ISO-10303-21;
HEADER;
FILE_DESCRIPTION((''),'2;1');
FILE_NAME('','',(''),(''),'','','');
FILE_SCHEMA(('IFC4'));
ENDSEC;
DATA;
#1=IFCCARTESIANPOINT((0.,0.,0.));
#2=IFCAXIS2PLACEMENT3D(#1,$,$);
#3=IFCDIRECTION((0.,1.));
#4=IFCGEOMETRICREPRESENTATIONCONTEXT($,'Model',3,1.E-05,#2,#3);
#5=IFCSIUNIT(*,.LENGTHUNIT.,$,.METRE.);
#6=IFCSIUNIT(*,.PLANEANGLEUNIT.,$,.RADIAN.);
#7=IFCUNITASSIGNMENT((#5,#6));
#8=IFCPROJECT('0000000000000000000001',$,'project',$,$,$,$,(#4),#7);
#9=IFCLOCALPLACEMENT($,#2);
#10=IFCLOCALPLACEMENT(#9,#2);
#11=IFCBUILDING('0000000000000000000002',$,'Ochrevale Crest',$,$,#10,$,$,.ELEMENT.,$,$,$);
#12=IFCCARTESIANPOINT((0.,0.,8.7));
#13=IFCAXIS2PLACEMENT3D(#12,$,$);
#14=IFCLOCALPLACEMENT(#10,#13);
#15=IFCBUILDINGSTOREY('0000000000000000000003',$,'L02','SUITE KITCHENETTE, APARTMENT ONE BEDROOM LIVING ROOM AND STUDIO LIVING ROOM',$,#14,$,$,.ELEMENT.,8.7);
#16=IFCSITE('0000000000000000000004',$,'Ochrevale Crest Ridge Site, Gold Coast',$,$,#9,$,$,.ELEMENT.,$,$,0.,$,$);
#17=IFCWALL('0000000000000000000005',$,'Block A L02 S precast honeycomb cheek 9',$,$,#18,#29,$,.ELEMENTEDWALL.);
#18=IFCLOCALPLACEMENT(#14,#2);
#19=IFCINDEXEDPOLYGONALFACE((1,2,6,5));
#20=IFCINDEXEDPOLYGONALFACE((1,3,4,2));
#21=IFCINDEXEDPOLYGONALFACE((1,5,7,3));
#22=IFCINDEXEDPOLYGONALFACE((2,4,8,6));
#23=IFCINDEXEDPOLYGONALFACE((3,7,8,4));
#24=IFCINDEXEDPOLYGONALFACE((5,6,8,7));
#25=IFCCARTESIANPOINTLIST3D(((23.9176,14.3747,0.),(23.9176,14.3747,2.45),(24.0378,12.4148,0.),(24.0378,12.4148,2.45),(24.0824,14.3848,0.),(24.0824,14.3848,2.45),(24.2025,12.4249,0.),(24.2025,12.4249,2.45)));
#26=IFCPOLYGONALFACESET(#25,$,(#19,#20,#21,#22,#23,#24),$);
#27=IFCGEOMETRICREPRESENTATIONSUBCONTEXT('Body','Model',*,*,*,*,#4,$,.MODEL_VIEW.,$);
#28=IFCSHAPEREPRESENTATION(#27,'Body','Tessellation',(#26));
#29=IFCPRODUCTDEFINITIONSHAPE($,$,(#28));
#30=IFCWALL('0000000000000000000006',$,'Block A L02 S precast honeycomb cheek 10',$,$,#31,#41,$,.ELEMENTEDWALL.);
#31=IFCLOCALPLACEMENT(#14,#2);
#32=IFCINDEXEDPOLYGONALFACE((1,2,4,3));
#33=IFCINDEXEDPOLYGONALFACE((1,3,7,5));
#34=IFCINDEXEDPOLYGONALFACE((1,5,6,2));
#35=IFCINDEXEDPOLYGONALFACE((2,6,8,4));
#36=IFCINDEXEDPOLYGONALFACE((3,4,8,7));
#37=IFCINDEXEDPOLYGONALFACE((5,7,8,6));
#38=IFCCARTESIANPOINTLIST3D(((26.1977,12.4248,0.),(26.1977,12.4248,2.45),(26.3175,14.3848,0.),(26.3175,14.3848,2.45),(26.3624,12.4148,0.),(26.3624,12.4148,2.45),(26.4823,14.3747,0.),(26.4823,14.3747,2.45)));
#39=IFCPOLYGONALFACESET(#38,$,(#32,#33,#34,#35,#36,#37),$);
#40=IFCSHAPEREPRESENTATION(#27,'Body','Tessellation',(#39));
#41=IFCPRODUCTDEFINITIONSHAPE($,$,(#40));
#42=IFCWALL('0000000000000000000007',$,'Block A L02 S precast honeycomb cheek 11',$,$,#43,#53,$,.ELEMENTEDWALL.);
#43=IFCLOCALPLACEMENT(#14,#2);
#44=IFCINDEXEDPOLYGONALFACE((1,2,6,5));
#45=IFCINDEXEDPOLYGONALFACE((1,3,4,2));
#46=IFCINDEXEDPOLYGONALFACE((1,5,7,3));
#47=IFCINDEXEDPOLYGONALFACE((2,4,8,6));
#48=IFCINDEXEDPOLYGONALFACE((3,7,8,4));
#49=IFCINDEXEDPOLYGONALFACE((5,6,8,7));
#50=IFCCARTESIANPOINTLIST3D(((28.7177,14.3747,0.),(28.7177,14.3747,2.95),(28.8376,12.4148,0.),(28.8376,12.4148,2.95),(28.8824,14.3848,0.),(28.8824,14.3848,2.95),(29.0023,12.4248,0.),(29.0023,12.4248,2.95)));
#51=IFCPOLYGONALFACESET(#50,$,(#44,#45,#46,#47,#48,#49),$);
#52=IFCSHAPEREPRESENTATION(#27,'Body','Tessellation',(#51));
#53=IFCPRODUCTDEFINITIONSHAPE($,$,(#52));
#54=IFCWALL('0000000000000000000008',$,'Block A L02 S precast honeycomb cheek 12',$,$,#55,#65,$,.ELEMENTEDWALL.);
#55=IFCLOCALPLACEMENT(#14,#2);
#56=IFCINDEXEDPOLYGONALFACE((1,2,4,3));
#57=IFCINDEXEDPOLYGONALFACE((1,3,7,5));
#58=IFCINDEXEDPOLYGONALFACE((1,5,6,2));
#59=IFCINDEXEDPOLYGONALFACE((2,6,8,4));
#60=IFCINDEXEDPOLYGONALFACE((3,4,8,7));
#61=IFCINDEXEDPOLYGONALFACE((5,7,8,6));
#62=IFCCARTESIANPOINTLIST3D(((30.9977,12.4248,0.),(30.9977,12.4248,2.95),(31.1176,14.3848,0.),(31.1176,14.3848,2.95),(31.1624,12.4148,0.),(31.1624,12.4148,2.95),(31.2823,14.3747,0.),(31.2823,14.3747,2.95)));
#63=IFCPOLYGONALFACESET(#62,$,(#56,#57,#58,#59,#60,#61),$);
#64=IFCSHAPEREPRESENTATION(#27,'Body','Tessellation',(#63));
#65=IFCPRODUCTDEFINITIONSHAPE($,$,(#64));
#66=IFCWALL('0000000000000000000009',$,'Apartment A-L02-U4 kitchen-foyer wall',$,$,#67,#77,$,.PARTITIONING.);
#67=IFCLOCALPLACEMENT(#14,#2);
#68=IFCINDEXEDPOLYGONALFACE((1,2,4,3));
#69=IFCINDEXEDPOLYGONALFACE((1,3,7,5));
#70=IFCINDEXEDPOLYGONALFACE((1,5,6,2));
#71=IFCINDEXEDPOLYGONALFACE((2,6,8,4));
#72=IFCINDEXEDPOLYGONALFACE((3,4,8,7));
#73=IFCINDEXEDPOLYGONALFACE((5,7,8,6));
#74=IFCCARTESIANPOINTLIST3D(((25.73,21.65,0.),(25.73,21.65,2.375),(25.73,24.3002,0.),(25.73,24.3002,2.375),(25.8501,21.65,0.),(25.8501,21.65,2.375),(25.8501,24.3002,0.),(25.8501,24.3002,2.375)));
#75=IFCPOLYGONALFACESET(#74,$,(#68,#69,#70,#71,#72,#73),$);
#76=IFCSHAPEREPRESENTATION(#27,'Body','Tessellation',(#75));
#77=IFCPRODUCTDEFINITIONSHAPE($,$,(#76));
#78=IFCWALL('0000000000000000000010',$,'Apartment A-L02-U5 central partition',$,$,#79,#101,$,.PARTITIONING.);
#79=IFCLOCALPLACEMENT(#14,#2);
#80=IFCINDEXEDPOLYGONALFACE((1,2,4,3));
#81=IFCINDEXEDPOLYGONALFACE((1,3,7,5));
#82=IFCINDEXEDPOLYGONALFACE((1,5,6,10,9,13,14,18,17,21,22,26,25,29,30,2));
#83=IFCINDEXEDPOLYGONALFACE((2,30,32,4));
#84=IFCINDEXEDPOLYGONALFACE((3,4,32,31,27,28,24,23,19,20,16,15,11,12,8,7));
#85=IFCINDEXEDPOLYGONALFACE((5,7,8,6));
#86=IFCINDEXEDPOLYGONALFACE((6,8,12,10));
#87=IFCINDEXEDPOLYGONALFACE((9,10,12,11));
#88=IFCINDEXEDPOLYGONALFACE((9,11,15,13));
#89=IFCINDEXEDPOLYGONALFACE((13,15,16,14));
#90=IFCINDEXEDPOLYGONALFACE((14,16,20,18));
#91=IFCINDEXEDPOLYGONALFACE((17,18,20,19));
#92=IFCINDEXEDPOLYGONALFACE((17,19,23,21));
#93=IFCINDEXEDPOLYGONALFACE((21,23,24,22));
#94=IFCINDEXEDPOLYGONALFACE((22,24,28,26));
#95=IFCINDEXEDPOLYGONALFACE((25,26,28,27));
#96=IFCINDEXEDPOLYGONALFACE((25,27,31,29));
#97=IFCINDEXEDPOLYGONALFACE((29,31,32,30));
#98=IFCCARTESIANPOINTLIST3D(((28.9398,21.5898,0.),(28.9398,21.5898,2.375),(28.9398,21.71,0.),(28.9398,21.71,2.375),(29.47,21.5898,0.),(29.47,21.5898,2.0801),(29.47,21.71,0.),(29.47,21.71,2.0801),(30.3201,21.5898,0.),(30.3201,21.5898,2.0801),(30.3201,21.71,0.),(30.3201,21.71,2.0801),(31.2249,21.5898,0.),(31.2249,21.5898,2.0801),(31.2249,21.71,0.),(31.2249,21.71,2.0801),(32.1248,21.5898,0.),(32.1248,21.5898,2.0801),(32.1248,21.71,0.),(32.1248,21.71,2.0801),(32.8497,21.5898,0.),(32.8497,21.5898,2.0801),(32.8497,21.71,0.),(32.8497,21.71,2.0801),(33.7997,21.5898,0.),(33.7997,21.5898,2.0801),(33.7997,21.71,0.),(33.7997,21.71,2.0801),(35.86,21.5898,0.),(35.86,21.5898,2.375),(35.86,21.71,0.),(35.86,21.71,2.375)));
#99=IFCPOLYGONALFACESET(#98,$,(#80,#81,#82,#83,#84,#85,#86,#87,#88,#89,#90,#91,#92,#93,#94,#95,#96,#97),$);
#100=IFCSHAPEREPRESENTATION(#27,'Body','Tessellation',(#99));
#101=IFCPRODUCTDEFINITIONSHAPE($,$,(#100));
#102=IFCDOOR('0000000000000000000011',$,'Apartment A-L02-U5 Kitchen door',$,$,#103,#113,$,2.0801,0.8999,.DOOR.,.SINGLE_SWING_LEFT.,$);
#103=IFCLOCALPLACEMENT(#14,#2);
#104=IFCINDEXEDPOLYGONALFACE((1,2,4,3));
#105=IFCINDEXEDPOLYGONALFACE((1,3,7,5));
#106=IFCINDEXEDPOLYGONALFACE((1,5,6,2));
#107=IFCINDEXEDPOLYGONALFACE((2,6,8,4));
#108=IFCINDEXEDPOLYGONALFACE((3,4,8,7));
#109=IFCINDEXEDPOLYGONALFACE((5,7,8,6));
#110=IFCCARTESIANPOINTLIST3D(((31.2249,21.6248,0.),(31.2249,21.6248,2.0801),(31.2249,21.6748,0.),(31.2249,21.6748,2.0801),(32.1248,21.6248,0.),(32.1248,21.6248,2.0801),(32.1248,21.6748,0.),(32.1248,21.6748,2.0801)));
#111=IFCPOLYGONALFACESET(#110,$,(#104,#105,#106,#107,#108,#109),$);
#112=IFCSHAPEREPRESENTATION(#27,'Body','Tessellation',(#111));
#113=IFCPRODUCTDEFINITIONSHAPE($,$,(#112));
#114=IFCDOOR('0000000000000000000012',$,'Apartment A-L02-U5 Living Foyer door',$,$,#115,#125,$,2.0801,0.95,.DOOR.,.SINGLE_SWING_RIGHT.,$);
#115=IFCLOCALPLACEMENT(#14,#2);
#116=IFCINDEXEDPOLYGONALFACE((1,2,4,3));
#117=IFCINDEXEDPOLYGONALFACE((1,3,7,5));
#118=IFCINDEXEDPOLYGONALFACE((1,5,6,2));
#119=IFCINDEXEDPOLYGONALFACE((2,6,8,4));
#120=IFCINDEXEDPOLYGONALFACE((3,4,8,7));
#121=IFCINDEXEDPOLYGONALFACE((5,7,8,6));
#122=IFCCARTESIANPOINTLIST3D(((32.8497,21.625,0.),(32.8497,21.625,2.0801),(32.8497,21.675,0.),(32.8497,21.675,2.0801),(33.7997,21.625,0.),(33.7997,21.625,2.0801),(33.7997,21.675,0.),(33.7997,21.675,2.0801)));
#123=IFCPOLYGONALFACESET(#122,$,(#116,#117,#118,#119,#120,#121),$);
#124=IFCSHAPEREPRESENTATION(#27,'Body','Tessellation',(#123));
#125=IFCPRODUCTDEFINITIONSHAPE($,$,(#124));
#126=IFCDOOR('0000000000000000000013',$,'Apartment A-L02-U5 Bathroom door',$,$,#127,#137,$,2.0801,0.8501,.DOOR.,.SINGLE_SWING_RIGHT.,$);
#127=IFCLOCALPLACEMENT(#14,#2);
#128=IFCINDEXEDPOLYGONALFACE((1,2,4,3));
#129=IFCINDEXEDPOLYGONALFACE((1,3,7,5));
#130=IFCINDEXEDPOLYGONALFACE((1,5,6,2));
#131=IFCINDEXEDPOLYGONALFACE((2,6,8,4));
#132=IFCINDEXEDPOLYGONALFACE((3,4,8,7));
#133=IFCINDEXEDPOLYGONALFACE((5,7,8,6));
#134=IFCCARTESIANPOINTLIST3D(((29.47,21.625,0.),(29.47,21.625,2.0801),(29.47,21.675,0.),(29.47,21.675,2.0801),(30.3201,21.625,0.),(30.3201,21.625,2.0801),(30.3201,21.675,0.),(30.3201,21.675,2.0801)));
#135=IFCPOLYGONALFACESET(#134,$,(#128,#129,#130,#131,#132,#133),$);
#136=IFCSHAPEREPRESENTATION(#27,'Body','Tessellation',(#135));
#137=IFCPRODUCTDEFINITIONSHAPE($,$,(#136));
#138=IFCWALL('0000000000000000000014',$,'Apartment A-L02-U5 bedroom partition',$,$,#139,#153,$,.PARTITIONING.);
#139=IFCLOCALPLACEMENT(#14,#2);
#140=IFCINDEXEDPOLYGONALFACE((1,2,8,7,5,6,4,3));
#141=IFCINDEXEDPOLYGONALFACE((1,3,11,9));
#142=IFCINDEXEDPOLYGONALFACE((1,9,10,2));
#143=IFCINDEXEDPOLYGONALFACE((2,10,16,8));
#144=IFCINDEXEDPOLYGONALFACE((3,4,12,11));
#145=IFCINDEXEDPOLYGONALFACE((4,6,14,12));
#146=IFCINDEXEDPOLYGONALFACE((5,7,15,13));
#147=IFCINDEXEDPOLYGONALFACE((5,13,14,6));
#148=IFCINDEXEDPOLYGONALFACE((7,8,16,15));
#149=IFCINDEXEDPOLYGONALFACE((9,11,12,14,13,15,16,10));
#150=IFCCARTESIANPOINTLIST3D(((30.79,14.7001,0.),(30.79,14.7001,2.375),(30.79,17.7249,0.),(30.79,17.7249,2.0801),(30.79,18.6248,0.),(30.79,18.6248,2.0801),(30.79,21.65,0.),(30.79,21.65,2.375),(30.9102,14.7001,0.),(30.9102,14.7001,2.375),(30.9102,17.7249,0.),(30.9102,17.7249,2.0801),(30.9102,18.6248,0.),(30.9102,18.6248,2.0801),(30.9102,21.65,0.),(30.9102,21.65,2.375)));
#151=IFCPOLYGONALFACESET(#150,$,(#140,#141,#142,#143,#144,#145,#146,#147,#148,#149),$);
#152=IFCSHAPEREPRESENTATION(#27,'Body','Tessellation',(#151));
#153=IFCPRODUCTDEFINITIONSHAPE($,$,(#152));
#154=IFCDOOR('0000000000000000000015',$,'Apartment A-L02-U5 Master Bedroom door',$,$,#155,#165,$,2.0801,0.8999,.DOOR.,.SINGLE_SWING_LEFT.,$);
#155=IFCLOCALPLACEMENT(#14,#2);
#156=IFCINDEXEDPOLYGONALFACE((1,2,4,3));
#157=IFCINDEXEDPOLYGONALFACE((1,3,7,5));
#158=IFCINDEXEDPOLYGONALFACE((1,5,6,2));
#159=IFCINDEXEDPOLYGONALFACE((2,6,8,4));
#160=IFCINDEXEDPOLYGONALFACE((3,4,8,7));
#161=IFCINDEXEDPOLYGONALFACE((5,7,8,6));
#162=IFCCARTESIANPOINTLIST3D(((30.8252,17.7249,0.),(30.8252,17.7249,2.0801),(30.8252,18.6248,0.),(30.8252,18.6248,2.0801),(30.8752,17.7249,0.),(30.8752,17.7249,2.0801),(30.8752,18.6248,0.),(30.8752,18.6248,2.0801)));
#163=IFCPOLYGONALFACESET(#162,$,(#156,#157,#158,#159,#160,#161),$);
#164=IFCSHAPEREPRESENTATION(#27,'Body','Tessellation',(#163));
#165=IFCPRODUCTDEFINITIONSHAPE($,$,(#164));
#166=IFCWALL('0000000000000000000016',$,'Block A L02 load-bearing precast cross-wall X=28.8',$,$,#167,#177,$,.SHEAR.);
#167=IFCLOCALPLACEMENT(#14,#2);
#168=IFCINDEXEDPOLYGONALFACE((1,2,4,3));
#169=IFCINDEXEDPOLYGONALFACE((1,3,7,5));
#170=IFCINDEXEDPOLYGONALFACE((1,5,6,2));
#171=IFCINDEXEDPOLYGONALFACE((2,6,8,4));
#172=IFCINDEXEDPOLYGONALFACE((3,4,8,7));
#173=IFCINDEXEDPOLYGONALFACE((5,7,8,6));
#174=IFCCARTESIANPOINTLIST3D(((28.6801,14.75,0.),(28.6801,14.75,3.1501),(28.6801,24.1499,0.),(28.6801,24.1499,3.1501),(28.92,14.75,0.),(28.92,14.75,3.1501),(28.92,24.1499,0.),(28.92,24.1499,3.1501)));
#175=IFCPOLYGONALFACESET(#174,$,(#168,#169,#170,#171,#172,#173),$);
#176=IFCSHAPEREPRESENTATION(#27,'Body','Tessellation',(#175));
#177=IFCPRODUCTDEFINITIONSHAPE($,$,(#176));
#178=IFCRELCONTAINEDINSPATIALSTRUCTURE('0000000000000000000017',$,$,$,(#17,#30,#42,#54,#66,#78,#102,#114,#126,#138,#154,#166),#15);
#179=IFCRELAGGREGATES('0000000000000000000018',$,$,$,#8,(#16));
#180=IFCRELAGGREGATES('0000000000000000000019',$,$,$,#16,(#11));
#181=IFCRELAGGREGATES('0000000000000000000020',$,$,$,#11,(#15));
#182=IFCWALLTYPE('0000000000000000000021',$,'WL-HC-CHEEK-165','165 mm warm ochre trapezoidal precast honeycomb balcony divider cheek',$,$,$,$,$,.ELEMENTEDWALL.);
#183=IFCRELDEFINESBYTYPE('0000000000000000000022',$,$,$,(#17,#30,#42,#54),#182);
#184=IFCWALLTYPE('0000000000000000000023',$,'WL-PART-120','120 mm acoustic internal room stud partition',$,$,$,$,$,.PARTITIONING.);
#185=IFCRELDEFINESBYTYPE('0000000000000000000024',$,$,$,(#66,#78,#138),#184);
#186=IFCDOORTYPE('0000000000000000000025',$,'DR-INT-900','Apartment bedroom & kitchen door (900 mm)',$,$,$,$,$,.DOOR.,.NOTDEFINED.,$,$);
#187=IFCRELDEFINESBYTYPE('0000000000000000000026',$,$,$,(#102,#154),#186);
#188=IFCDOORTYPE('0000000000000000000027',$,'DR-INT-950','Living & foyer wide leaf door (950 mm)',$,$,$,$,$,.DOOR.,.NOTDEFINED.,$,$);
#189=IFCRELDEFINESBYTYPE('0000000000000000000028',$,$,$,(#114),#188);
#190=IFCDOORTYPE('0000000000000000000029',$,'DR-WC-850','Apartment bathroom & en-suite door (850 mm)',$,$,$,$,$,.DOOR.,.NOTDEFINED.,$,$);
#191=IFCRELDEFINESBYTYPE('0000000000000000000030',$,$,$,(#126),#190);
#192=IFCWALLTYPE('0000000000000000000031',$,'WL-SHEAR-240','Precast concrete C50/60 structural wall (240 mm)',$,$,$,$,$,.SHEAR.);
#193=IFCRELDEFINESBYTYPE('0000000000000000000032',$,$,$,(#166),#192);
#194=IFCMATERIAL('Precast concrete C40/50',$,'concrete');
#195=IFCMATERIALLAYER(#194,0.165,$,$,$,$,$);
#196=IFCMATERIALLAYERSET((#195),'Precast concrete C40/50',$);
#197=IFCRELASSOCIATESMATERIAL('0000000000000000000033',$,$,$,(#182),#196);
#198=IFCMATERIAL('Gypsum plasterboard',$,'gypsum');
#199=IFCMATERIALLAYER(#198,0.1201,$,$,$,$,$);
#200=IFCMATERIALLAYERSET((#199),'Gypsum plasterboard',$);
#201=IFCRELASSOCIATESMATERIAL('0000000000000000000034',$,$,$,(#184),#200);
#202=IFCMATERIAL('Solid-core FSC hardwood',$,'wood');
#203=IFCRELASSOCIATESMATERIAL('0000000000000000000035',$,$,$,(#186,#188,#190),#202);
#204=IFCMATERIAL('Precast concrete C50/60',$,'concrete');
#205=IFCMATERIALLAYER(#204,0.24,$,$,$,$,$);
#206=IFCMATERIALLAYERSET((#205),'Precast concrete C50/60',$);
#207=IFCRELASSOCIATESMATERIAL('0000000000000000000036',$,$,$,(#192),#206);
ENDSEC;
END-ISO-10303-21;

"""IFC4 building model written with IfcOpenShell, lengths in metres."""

from ifc_helpers import new_model, si_unit, direction, frame, frame_2d, origin, place, context, subcontext, project, spatial, rectangle, extrude, material, layer, layer_set, type_object, element, fill, save


model = new_model("IFC4")

# Units and contexts
model_context = context("Model", 3, precision=1e-05, world=origin(), true_north=direction((0.0, 1.0)))
body_context = subcontext(model_context, "Body", "Model", "MODEL_VIEW")
ifc_project = project(units=[si_unit("LENGTHUNIT", "METRE"), si_unit("PLANEANGLEUNIT", "RADIAN")], contexts=[model_context])

# Site, building, storey
site_placement = place(None, origin())
site = spatial("IfcSite", under=ifc_project, at=site_placement, Name="Ochrevale Crest Ridge Site, Gold Coast", CompositionType="ELEMENT", RefElevation=0.0)
building_placement = place(site_placement, origin())
building = spatial("IfcBuilding", under=site, at=building_placement, Name="Ochrevale Crest", CompositionType="ELEMENT")
storey_placement = place(building_placement, frame((0.0, 0.0, 8.7)))
storey = spatial("IfcBuildingStorey", under=building, at=storey_placement, Name="L02", Description="SUITE KITCHENETTE, APARTMENT ONE BEDROOM LIVING ROOM AND STUDIO LIVING ROOM", CompositionType="ELEMENT", Elevation=8.7)

# Shared definitions
ifc_material_1 = material(Name="Precast concrete C50/60", Category="concrete")

# Shared definitions
ifc_material_2 = material(Name="Precast concrete C40/50", Category="concrete")

# Walls
ifc_layer_1 = layer(ifc_material_2, 0.165)
ifc_layer_set_1 = layer_set([ifc_layer_1], Name="Precast concrete C40/50")
wall_type_1 = type_object("IfcWallType", Name="WL-HC-CHEEK-165", Description="165 mm warm ochre trapezoidal precast honeycomb balcony divider cheek", PredefinedType="ELEMENTEDWALL", material=ifc_layer_set_1)
for number, where, z_axis, x_axis, name in (
    (1, (24.0, 14.3799, 0.0), (0.0, 0.0, 1.0), (0.061171, -0.998127, 0.0), "Block A L02 S precast honeycomb cheek 9"),
    (2, (26.3999, 14.3799, 0.0), (0.0, 0.0, 1.0), (-0.061047, -0.998135, 0.0), "Block A L02 S precast honeycomb cheek 10"),
):
    element("IfcWall", number, at=place(storey_placement, frame(where, z_axis=z_axis, x_axis=x_axis)), inside=storey, type_object=wall_type_1, Name=name, PredefinedType="ELEMENTEDWALL", context=body_context, shape_type="SweptSolid", body=[
        extrude(rectangle(XDim=1.9636, YDim=0.165, at=frame_2d((0.9819, 0.0))), origin(), (0.0, 0.0, 1.0), 2.45),
    ])
for number, where, z_axis, x_axis, name in (
    (3, (28.8, 14.3799, 0.0), (0.0, 0.0, 1.0), (0.061047, -0.998135, 0.0), "Block A L02 S precast honeycomb cheek 11"),
    (4, (31.2, 14.3799, 0.0), (0.0, 0.0, 1.0), (-0.061047, -0.998135, 0.0), "Block A L02 S precast honeycomb cheek 12"),
):
    element("IfcWall", number, at=place(storey_placement, frame(where, z_axis=z_axis, x_axis=x_axis)), inside=storey, type_object=wall_type_1, Name=name, PredefinedType="ELEMENTEDWALL", context=body_context, shape_type="SweptSolid", body=[
        extrude(rectangle(XDim=1.9636, YDim=0.165, at=frame_2d((0.9819, 0.0))), origin(), (0.0, 0.0, 1.0), 2.95),
    ])
ifc_material_3 = material(Name="Gypsum plasterboard", Category="gypsum")
ifc_layer_2 = layer(ifc_material_3, 0.1201)
ifc_layer_set_2 = layer_set([ifc_layer_2], Name="Gypsum plasterboard")
wall_type_2 = type_object("IfcWallType", Name="WL-PART-120", Description="120 mm acoustic internal room stud partition", PredefinedType="PARTITIONING", material=ifc_layer_set_2)
wall_1_placement = place(storey_placement, frame((25.79, 21.6499, 0.0), z_axis=(0.0, 0.0, 1.0), x_axis=(0.0, 1.0, 0.0)))
element("IfcWall", 5, at=wall_1_placement, inside=storey, type_object=wall_type_2, Name="Apartment A-L02-U4 kitchen-foyer wall", PredefinedType="PARTITIONING", context=body_context, shape_type="SweptSolid", body=[
    extrude(rectangle(XDim=2.6501, YDim=0.1201, at=frame_2d((1.3252, 0.0))), origin(), (0.0, 0.0, 1.0), 2.375),
])

# Wall, openings, doors
wall_2_placement = place(storey_placement, frame((28.9399, 21.6499, 0.0), z_axis=(0.0, 0.0, 1.0), x_axis=(1.0, 0.0, 0.0)))
wall_2 = element("IfcWall", 6, at=wall_2_placement, inside=storey, type_object=wall_type_2, Name="Apartment A-L02-U5 central partition", PredefinedType="PARTITIONING", context=body_context, shape_type="SweptSolid", body=[
    extrude(rectangle(XDim=6.9202, YDim=0.1201, at=frame_2d((3.46, 0.0))), origin(), (0.0, 0.0, 1.0), 2.375),
])
opening_1_placement = place(wall_2_placement, frame((1.3801, 0.0, 0.0), z_axis=(0.0, 0.0, 1.0), x_axis=(-1.0, 0.0, 0.0)))
opening_1 = element("IfcOpeningElement", 7, at=opening_1_placement, cuts=wall_2, PredefinedType="OPENING", context=body_context, shape_type="SweptSolid", body=[
    extrude(rectangle(XDim=0.8501, YDim=2.0801, at=frame_2d((0.425, 1.04))), frame((0.0, 0.0701, 0.0), z_axis=(0.0, -1.0, 0.0), x_axis=(1.0, 0.0, 0.0)), (0.0, 0.0, 1.0), 0.1401),
])
opening_2_placement = place(wall_2_placement, frame((2.2849, 0.0, 0.0)))
opening_2 = element("IfcOpeningElement", 8, at=opening_2_placement, cuts=wall_2, PredefinedType="OPENING", context=body_context, shape_type="SweptSolid", body=[
    extrude(rectangle(XDim=0.8999, YDim=2.0801, at=frame_2d((0.45, 1.04))), frame((0.0, 0.0701, 0.0), z_axis=(0.0, -1.0, 0.0), x_axis=(1.0, 0.0, 0.0)), (0.0, 0.0, 1.0), 0.1401),
])
opening_3_placement = place(wall_2_placement, frame((4.8599, 0.0, 0.0), z_axis=(0.0, 0.0, 1.0), x_axis=(-1.0, 0.0, 0.0)))
opening_3 = element("IfcOpeningElement", 9, at=opening_3_placement, cuts=wall_2, PredefinedType="OPENING", context=body_context, shape_type="SweptSolid", body=[
    extrude(rectangle(XDim=0.95, YDim=2.0801, at=frame_2d((0.4751, 1.04))), frame((0.0, 0.0701, 0.0), z_axis=(0.0, -1.0, 0.0), x_axis=(1.0, 0.0, 0.0)), (0.0, 0.0, 1.0), 0.1401),
])
ifc_material_4 = material(Name="Solid-core FSC hardwood", Category="wood")
door_type_1 = type_object("IfcDoorType", Name="DR-INT-900", Description="Apartment bedroom & kitchen door (900 mm)", OperationType="NOTDEFINED", PredefinedType="DOOR", material=ifc_material_4)
door_1_placement = place(opening_2_placement, origin())
door_1 = element("IfcDoor", 10, at=door_1_placement, inside=storey, type_object=door_type_1, Name="Apartment A-L02-U5 Kitchen door", OperationType="SINGLE_SWING_LEFT", OverallHeight=2.0801, OverallWidth=0.8999, PredefinedType="DOOR", context=body_context, shape_type="SweptSolid", body=[
    extrude(rectangle(XDim=0.8999, YDim=2.0801, at=frame_2d((0.45, 1.04))), frame((0.0, 0.0249, 0.0), z_axis=(0.0, -1.0, 0.0), x_axis=(1.0, 0.0, 0.0)), (0.0, 0.0, 1.0), 0.05),
])
fill(opening_2, door_1)
door_type_2 = type_object("IfcDoorType", Name="DR-INT-950", Description="Living & foyer wide leaf door (950 mm)", OperationType="NOTDEFINED", PredefinedType="DOOR", material=ifc_material_4)
door_2_placement = place(opening_3_placement, origin())
door_2 = element("IfcDoor", 11, at=door_2_placement, inside=storey, type_object=door_type_2, Name="Apartment A-L02-U5 Living Foyer door", OperationType="SINGLE_SWING_RIGHT", OverallHeight=2.0801, OverallWidth=0.95, PredefinedType="DOOR", context=body_context, shape_type="SweptSolid", body=[
    extrude(rectangle(XDim=0.95, YDim=2.0801, at=frame_2d((0.4751, 1.04))), frame((0.0, 0.0249, 0.0), z_axis=(0.0, -1.0, 0.0), x_axis=(1.0, 0.0, 0.0)), (0.0, 0.0, 1.0), 0.05),
])
fill(opening_3, door_2)
door_type_3 = type_object("IfcDoorType", Name="DR-WC-850", Description="Apartment bathroom & en-suite door (850 mm)", OperationType="NOTDEFINED", PredefinedType="DOOR", material=ifc_material_4)
door_3_placement = place(opening_1_placement, origin())
door_3 = element("IfcDoor", 12, at=door_3_placement, inside=storey, type_object=door_type_3, Name="Apartment A-L02-U5 Bathroom door", OperationType="SINGLE_SWING_RIGHT", OverallHeight=2.0801, OverallWidth=0.8501, PredefinedType="DOOR", context=body_context, shape_type="SweptSolid", body=[
    extrude(rectangle(XDim=0.8501, YDim=2.0801, at=frame_2d((0.425, 1.04))), frame((0.0, 0.0249, 0.0), z_axis=(0.0, -1.0, 0.0), x_axis=(1.0, 0.0, 0.0)), (0.0, 0.0, 1.0), 0.05),
])
fill(opening_1, door_3)

# Wall, opening, door
wall_3_placement = place(storey_placement, frame((30.8501, 14.7, 0.0), z_axis=(0.0, 0.0, 1.0), x_axis=(0.0, 1.0, 0.0)))
wall_3 = element("IfcWall", 13, at=wall_3_placement, inside=storey, type_object=wall_type_2, Name="Apartment A-L02-U5 bedroom partition", PredefinedType="PARTITIONING", context=body_context, shape_type="SweptSolid", body=[
    extrude(rectangle(XDim=6.95, YDim=0.1201, at=frame_2d((3.4751, 0.0))), origin(), (0.0, 0.0, 1.0), 2.375),
])
opening_4_placement = place(wall_3_placement, frame((3.0249, 0.0, 0.0)))
opening_4 = element("IfcOpeningElement", 14, at=opening_4_placement, cuts=wall_3, PredefinedType="OPENING", context=body_context, shape_type="SweptSolid", body=[
    extrude(rectangle(XDim=0.8999, YDim=2.0801, at=frame_2d((0.45, 1.04))), frame((0.0, 0.0701, 0.0), z_axis=(0.0, -1.0, 0.0), x_axis=(1.0, 0.0, 0.0)), (0.0, 0.0, 1.0), 0.1401),
])
door_4_placement = place(opening_4_placement, origin())
door_4 = element("IfcDoor", 15, at=door_4_placement, inside=storey, type_object=door_type_1, Name="Apartment A-L02-U5 Master Bedroom door", OperationType="SINGLE_SWING_LEFT", OverallHeight=2.0801, OverallWidth=0.8999, PredefinedType="DOOR", context=body_context, shape_type="SweptSolid", body=[
    extrude(rectangle(XDim=0.8999, YDim=2.0801, at=frame_2d((0.45, 1.04))), frame((0.0, 0.0249, 0.0), z_axis=(0.0, -1.0, 0.0), x_axis=(1.0, 0.0, 0.0)), (0.0, 0.0, 1.0), 0.05),
])
fill(opening_4, door_4)

# Wall
ifc_layer_3 = layer(ifc_material_1, 0.24)
ifc_layer_set_3 = layer_set([ifc_layer_3], Name="Precast concrete C50/60")
wall_type_3 = type_object("IfcWallType", Name="WL-SHEAR-240", Description="Precast concrete C50/60 structural wall (240 mm)", PredefinedType="SHEAR", material=ifc_layer_set_3)
wall_4_placement = place(storey_placement, frame((28.8, 14.75, 0.0), z_axis=(0.0, 0.0, 1.0), x_axis=(0.0, 1.0, 0.0)))
element("IfcWall", 16, at=wall_4_placement, inside=storey, type_object=wall_type_3, Name="Block A L02 load-bearing precast cross-wall X=28.8", PredefinedType="SHEAR", context=body_context, shape_type="SweptSolid", body=[
    extrude(rectangle(XDim=9.3999, YDim=0.24, at=frame_2d((4.7, 0.0))), origin(), (0.0, 0.0, 1.0), 3.1501),
])

save(model, "model.ifc")
